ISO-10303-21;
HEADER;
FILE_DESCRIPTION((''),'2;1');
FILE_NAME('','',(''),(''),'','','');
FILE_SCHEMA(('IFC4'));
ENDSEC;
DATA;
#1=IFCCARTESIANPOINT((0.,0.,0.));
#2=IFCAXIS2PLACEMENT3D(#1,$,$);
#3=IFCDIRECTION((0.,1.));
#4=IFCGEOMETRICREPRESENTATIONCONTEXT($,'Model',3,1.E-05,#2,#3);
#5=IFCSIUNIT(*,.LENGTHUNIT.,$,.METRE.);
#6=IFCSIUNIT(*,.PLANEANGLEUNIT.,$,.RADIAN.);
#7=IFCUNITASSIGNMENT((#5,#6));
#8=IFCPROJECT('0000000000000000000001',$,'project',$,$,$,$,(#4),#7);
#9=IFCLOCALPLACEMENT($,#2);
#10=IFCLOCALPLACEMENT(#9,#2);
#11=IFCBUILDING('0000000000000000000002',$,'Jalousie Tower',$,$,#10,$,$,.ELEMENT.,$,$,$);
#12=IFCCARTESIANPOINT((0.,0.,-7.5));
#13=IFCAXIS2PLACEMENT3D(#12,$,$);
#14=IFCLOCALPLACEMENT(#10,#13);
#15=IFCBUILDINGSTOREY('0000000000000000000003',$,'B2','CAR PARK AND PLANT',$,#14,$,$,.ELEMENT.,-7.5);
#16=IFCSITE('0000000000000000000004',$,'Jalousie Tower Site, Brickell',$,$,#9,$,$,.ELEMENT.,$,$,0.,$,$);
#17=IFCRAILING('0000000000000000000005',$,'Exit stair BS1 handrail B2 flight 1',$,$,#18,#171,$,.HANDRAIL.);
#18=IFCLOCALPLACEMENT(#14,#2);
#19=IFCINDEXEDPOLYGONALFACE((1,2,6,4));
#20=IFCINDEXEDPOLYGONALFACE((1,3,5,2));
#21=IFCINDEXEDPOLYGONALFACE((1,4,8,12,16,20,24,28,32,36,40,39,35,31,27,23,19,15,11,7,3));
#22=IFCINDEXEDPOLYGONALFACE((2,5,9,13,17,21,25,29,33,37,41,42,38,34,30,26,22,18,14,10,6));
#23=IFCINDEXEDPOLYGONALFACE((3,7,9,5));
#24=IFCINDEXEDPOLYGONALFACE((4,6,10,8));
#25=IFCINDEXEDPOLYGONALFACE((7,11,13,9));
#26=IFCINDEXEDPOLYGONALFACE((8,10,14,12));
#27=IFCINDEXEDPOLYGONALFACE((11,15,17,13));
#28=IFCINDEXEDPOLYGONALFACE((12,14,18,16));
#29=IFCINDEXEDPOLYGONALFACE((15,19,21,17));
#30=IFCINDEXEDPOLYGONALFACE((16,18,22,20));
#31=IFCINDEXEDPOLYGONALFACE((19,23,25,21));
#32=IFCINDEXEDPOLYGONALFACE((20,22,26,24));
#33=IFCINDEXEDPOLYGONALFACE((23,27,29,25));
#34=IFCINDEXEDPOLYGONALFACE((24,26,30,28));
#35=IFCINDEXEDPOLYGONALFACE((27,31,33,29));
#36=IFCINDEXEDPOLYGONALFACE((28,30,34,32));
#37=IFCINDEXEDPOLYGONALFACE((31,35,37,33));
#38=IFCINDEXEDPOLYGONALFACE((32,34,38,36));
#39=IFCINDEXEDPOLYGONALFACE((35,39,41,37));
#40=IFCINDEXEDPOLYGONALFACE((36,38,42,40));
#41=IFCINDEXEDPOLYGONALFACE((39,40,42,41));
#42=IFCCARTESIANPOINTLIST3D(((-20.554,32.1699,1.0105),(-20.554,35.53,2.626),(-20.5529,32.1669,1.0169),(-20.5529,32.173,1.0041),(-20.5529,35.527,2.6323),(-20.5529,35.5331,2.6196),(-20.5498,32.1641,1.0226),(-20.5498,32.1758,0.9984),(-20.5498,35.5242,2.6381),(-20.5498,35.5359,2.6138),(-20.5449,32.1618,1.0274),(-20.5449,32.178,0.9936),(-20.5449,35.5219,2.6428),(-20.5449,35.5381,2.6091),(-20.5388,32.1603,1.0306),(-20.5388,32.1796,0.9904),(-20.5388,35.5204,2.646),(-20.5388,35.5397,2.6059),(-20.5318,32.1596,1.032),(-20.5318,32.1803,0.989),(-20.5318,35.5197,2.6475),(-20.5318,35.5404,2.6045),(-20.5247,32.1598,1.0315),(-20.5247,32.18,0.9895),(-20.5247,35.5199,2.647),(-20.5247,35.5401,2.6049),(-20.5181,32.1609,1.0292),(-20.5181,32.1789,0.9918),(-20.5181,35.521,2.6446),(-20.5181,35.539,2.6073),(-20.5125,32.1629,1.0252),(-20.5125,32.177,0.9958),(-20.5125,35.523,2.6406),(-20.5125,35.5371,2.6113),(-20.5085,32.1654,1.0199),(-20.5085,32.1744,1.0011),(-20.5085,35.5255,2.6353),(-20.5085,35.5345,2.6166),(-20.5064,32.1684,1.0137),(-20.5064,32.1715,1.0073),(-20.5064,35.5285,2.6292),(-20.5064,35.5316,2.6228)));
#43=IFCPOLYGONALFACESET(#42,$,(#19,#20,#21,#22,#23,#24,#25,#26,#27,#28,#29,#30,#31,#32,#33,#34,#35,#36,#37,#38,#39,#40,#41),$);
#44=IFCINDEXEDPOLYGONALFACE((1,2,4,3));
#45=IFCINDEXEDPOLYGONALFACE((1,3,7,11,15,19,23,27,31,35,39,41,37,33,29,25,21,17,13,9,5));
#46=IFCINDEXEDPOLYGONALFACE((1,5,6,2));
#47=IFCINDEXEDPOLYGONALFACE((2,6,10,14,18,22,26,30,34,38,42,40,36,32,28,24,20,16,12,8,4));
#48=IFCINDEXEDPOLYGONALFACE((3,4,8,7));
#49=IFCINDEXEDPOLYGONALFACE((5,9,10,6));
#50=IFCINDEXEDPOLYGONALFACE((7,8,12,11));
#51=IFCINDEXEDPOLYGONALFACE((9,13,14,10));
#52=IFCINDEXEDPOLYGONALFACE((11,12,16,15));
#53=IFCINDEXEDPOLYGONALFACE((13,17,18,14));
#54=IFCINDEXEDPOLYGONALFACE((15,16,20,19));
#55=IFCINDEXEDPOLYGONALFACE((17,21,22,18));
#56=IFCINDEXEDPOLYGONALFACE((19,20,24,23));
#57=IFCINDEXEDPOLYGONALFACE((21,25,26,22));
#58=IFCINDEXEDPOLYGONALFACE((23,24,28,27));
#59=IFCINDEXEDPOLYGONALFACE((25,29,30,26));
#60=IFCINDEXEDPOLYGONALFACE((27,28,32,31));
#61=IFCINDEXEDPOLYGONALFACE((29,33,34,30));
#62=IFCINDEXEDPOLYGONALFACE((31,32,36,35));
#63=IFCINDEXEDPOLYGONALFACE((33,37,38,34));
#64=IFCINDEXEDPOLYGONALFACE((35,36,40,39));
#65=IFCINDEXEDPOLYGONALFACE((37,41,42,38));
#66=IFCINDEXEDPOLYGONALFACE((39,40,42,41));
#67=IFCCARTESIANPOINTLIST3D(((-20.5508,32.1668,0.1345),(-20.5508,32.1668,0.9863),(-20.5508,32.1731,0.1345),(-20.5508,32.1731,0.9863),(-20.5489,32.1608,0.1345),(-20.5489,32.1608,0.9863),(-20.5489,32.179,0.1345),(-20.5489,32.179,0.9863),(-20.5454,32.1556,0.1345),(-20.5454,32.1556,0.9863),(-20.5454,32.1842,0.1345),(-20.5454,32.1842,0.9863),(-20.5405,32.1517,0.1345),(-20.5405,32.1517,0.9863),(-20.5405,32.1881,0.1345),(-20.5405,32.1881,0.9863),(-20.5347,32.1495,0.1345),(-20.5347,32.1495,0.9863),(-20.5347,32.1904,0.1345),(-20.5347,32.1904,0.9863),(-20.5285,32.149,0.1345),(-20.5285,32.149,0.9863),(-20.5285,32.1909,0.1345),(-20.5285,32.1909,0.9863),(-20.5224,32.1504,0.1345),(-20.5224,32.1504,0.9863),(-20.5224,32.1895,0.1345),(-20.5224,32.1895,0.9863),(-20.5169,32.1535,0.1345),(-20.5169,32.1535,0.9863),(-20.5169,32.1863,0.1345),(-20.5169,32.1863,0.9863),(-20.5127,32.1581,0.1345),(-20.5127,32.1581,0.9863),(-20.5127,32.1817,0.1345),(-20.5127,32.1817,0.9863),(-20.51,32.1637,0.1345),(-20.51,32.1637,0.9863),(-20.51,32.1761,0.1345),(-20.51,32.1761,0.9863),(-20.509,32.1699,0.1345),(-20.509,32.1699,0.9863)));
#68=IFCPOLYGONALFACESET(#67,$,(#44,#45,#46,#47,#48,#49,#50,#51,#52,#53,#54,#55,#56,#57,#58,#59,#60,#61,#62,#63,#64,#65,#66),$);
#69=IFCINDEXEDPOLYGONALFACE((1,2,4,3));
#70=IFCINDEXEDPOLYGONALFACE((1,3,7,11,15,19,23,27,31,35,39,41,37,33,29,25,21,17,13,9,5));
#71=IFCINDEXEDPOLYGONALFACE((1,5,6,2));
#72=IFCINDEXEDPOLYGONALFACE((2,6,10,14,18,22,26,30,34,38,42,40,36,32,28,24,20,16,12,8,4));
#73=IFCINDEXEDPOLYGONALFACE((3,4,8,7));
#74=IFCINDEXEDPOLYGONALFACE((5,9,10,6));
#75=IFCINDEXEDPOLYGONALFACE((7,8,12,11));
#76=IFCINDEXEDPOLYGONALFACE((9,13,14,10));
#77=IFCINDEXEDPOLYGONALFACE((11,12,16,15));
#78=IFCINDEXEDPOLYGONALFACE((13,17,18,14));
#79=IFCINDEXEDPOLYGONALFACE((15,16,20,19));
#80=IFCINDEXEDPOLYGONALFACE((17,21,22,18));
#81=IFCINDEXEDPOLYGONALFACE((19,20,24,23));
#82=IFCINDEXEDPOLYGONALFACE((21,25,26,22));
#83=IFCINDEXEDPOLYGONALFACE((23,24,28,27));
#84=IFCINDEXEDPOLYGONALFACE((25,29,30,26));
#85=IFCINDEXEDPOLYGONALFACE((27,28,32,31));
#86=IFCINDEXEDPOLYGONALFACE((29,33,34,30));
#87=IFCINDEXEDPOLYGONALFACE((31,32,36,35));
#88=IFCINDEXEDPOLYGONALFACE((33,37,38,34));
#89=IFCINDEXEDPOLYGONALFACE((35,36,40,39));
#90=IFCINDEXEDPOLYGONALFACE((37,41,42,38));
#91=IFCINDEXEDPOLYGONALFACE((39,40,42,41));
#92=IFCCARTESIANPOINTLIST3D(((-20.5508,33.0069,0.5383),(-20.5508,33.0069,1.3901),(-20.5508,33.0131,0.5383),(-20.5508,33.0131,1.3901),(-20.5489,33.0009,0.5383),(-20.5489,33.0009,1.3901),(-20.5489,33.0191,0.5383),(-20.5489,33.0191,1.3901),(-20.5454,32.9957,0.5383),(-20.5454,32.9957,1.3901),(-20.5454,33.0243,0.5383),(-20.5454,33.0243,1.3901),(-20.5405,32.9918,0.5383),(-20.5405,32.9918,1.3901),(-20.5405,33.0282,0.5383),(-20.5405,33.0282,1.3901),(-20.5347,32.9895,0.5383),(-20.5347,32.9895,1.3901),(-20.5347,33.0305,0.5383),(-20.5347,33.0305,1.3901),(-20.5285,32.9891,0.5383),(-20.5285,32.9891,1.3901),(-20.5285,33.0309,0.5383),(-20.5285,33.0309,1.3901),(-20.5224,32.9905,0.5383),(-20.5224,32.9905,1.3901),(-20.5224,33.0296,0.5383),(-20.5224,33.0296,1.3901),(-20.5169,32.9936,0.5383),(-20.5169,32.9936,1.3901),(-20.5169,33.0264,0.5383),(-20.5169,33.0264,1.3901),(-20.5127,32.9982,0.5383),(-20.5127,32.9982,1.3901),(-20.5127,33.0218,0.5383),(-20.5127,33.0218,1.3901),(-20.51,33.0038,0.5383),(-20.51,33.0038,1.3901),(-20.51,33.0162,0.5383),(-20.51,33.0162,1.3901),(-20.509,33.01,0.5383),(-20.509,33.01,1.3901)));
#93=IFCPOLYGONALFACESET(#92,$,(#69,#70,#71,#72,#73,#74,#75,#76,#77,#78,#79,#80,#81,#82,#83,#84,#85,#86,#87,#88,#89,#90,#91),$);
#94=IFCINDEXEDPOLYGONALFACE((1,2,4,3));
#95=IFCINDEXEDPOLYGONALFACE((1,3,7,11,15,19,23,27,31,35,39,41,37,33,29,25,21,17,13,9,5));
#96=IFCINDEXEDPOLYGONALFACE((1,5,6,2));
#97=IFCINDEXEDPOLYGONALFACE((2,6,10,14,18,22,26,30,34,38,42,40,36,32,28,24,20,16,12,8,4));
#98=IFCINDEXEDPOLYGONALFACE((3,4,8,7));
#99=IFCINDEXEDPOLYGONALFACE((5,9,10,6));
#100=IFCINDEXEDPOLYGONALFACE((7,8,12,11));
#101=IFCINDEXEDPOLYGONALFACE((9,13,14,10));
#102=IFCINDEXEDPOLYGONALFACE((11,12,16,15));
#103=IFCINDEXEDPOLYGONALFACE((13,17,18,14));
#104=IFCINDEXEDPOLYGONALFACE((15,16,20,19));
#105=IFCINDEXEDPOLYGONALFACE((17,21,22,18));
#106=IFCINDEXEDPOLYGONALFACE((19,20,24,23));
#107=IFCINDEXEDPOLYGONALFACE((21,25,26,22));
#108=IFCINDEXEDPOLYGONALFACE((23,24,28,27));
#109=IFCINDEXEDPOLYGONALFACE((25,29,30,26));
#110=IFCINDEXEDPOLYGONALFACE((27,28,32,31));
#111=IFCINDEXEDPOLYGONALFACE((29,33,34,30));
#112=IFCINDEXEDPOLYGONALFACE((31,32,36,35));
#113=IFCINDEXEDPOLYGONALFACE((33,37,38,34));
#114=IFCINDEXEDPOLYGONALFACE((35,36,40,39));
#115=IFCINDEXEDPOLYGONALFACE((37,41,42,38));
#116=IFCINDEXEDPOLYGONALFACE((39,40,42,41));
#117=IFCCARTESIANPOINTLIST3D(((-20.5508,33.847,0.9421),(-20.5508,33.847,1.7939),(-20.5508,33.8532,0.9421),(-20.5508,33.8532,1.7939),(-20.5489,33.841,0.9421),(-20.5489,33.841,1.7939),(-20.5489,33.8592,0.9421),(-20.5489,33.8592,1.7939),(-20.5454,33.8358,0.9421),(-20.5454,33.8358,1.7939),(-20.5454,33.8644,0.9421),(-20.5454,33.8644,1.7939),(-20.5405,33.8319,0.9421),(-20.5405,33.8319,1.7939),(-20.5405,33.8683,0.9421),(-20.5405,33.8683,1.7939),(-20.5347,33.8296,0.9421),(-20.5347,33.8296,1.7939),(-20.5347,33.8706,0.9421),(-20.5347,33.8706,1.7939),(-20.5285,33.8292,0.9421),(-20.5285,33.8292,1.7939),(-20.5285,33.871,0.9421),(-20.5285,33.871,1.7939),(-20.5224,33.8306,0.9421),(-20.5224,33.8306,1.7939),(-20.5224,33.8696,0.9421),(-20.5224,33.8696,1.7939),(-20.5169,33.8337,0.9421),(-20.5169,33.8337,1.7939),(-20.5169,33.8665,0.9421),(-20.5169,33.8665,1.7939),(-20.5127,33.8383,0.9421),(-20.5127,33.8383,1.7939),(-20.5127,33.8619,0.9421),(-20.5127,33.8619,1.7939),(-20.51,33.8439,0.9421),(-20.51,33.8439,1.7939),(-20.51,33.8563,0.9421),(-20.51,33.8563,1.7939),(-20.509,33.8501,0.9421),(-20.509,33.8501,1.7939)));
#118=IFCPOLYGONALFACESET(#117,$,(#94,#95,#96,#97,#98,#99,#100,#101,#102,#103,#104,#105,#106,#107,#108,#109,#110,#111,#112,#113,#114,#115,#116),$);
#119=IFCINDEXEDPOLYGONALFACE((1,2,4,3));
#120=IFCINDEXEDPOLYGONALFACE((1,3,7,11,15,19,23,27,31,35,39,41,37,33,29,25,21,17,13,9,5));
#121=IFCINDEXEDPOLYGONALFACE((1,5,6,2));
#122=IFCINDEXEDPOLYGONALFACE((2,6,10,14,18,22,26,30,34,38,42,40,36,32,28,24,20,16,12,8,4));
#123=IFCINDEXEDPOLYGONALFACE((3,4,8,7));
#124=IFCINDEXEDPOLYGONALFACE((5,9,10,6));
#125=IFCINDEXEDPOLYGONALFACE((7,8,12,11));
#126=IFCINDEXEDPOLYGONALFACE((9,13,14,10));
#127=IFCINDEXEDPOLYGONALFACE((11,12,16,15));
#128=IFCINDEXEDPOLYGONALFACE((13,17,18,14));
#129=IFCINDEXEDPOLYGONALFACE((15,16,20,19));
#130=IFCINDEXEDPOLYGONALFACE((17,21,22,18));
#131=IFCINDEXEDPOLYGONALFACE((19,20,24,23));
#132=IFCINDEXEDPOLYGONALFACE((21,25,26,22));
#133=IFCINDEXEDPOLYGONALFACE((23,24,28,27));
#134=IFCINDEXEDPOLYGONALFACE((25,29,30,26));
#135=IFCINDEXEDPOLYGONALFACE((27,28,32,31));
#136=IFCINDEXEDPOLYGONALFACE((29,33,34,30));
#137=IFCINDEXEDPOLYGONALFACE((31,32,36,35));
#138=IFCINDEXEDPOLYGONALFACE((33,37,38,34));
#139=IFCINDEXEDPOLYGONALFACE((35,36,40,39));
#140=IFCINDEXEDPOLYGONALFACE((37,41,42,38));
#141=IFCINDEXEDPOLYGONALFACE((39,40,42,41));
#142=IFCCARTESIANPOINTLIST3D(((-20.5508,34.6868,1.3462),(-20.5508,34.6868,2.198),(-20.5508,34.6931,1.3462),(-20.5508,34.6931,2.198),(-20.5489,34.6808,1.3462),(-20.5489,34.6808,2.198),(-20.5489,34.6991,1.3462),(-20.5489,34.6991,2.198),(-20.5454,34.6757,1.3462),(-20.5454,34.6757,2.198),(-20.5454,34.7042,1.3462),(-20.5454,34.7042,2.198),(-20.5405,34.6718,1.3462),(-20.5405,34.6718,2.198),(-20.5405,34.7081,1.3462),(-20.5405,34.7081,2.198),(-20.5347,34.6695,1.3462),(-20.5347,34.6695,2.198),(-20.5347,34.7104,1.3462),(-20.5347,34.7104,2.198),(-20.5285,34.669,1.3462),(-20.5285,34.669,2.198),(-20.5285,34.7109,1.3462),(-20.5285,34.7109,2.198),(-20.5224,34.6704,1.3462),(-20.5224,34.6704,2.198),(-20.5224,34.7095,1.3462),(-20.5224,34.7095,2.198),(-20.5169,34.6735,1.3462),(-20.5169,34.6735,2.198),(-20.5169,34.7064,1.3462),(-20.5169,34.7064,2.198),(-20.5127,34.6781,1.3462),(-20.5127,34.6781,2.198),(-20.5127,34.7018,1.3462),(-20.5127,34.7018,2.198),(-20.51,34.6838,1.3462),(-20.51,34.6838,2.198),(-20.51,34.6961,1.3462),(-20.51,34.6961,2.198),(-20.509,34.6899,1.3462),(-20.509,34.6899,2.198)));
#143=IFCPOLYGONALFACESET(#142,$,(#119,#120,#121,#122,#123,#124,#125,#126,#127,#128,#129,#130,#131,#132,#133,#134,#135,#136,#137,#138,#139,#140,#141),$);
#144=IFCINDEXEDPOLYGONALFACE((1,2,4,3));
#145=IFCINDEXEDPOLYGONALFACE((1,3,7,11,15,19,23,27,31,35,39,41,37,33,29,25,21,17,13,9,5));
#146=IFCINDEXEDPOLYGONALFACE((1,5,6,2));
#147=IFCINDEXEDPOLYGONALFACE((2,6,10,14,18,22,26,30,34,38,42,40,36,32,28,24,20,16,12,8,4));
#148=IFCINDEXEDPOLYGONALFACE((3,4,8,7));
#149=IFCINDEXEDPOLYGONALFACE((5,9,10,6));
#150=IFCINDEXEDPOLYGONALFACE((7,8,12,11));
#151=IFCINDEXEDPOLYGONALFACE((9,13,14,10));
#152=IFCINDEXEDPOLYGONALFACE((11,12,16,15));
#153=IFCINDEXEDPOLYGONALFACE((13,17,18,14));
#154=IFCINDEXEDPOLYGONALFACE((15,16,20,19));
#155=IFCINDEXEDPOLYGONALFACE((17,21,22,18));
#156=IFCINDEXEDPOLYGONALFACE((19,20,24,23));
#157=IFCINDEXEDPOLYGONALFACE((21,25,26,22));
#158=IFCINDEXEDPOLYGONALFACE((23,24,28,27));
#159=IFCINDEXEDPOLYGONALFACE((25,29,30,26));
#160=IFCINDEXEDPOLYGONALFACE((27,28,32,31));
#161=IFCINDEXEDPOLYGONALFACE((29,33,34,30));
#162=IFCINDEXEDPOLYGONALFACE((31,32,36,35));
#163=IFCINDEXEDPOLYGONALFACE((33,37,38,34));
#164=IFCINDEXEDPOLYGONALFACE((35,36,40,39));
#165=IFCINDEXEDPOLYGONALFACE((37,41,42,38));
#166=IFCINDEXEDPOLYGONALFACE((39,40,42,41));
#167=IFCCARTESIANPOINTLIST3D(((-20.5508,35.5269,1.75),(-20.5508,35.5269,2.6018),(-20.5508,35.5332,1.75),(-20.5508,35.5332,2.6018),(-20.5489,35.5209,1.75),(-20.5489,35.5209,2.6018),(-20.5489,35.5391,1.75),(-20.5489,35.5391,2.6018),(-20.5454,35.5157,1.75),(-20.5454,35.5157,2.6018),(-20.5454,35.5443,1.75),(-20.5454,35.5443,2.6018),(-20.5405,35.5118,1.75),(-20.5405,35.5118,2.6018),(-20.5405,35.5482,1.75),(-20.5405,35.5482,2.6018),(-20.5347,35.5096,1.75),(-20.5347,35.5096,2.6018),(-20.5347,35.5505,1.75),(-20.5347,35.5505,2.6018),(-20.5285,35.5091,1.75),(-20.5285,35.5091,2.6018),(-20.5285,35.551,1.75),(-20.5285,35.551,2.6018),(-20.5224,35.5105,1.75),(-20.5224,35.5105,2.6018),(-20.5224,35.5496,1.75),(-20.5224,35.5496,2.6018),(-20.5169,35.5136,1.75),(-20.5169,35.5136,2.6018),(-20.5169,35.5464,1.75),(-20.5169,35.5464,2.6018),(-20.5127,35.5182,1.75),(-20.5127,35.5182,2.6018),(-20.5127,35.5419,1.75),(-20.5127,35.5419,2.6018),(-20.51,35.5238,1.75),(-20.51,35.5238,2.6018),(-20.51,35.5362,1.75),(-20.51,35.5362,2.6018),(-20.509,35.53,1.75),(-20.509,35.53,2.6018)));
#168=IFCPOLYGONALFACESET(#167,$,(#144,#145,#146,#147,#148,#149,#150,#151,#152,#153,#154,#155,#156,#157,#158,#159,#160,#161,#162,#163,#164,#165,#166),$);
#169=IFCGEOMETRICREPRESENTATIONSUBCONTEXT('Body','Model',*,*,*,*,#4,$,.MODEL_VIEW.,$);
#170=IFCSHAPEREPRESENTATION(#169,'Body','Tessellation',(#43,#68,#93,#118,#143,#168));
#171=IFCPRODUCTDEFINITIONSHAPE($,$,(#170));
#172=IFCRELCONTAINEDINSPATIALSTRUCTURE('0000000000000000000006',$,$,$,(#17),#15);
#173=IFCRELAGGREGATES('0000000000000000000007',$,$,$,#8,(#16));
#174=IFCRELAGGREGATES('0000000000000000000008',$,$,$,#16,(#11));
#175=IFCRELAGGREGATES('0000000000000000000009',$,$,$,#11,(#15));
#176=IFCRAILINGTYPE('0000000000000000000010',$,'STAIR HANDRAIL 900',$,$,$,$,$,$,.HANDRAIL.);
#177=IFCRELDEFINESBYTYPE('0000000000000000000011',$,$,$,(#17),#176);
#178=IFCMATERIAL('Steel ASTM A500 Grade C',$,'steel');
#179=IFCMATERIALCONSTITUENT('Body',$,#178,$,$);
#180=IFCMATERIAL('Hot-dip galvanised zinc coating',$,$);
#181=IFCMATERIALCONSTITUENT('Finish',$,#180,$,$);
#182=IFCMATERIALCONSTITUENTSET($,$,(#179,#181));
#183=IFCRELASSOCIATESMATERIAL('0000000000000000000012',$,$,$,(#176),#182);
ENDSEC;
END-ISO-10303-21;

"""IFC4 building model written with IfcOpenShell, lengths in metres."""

from ifc_helpers import new_model, si_unit, direction, frame, origin, origin_2d, place, context, subcontext, project, spatial, circle, extrude, material, constituent, constituent_set, type_object, element, save


model = new_model("IFC4")

# Units and contexts
model_context = context("Model", 3, precision=1e-05, world=origin(), true_north=direction((0.0, 1.0)))
body_context = subcontext(model_context, "Body", "Model", "MODEL_VIEW")
ifc_project = project(units=[si_unit("LENGTHUNIT", "METRE"), si_unit("PLANEANGLEUNIT", "RADIAN")], contexts=[model_context])

# Site, building, storey
site_placement = place(None, origin())
site = spatial("IfcSite", under=ifc_project, at=site_placement, Name="Jalousie Tower Site, Brickell", CompositionType="ELEMENT", RefElevation=0.0)
building_placement = place(site_placement, origin())
building = spatial("IfcBuilding", under=site, at=building_placement, Name="Jalousie Tower", CompositionType="ELEMENT")
storey_placement = place(building_placement, frame((0.0, 0.0, -7.5)))
storey = spatial("IfcBuildingStorey", under=building, at=storey_placement, Name="B2", Description="CAR PARK AND PLANT", CompositionType="ELEMENT", Elevation=-7.5)

# Railing
ifc_material_1 = material(Name="Steel ASTM A500 Grade C", Category="steel")
ifc_constituent_1 = constituent(ifc_material_1, Name="Body")
ifc_material_2 = material(Name="Hot-dip galvanised zinc coating")
ifc_constituent_2 = constituent(ifc_material_2, Name="Finish")
ifc_constituent_set_1 = constituent_set(constituents=[ifc_constituent_1, ifc_constituent_2])
railing_type_1 = type_object("IfcRailingType", Name="STAIR HANDRAIL 900", PredefinedType="HANDRAIL", material=ifc_constituent_set_1)
railing_1_placement = place(storey_placement, frame((-20.53, 32.1699, 0.1345)))
element("IfcRailing", 1, at=railing_1_placement, inside=storey, type_object=railing_type_1, Name="Exit stair BS1 handrail B2 flight 1", PredefinedType="HANDRAIL", context=body_context, shape_type="SweptSolid", body=[
    extrude(circle(Radius=0.0239, at=origin_2d()), frame((0.0, 0.0, 0.876), z_axis=(0.0, 0.901248, 0.433304), x_axis=(-1.0, 0.0, 0.0)), (0.0, 0.0, 1.0), 3.7283),
    extrude(circle(Radius=0.021, at=origin_2d()), origin(), (0.0, 0.0, 1.0), 0.8518),
    extrude(circle(Radius=0.021, at=origin_2d()), frame((0.0, 0.8401, 0.4038)), (0.0, 0.0, 1.0), 0.8518),
    extrude(circle(Radius=0.021, at=origin_2d()), frame((0.0, 1.6802, 0.8076)), (0.0, 0.0, 1.0), 0.8518),
    extrude(circle(Radius=0.021, at=origin_2d()), frame((0.0, 2.52, 1.2117)), (0.0, 0.0, 1.0), 0.8518),
    extrude(circle(Radius=0.021, at=origin_2d()), frame((0.0, 3.3601, 1.6155)), (0.0, 0.0, 1.0), 0.8518),
])

save(model, "model.ifc")
